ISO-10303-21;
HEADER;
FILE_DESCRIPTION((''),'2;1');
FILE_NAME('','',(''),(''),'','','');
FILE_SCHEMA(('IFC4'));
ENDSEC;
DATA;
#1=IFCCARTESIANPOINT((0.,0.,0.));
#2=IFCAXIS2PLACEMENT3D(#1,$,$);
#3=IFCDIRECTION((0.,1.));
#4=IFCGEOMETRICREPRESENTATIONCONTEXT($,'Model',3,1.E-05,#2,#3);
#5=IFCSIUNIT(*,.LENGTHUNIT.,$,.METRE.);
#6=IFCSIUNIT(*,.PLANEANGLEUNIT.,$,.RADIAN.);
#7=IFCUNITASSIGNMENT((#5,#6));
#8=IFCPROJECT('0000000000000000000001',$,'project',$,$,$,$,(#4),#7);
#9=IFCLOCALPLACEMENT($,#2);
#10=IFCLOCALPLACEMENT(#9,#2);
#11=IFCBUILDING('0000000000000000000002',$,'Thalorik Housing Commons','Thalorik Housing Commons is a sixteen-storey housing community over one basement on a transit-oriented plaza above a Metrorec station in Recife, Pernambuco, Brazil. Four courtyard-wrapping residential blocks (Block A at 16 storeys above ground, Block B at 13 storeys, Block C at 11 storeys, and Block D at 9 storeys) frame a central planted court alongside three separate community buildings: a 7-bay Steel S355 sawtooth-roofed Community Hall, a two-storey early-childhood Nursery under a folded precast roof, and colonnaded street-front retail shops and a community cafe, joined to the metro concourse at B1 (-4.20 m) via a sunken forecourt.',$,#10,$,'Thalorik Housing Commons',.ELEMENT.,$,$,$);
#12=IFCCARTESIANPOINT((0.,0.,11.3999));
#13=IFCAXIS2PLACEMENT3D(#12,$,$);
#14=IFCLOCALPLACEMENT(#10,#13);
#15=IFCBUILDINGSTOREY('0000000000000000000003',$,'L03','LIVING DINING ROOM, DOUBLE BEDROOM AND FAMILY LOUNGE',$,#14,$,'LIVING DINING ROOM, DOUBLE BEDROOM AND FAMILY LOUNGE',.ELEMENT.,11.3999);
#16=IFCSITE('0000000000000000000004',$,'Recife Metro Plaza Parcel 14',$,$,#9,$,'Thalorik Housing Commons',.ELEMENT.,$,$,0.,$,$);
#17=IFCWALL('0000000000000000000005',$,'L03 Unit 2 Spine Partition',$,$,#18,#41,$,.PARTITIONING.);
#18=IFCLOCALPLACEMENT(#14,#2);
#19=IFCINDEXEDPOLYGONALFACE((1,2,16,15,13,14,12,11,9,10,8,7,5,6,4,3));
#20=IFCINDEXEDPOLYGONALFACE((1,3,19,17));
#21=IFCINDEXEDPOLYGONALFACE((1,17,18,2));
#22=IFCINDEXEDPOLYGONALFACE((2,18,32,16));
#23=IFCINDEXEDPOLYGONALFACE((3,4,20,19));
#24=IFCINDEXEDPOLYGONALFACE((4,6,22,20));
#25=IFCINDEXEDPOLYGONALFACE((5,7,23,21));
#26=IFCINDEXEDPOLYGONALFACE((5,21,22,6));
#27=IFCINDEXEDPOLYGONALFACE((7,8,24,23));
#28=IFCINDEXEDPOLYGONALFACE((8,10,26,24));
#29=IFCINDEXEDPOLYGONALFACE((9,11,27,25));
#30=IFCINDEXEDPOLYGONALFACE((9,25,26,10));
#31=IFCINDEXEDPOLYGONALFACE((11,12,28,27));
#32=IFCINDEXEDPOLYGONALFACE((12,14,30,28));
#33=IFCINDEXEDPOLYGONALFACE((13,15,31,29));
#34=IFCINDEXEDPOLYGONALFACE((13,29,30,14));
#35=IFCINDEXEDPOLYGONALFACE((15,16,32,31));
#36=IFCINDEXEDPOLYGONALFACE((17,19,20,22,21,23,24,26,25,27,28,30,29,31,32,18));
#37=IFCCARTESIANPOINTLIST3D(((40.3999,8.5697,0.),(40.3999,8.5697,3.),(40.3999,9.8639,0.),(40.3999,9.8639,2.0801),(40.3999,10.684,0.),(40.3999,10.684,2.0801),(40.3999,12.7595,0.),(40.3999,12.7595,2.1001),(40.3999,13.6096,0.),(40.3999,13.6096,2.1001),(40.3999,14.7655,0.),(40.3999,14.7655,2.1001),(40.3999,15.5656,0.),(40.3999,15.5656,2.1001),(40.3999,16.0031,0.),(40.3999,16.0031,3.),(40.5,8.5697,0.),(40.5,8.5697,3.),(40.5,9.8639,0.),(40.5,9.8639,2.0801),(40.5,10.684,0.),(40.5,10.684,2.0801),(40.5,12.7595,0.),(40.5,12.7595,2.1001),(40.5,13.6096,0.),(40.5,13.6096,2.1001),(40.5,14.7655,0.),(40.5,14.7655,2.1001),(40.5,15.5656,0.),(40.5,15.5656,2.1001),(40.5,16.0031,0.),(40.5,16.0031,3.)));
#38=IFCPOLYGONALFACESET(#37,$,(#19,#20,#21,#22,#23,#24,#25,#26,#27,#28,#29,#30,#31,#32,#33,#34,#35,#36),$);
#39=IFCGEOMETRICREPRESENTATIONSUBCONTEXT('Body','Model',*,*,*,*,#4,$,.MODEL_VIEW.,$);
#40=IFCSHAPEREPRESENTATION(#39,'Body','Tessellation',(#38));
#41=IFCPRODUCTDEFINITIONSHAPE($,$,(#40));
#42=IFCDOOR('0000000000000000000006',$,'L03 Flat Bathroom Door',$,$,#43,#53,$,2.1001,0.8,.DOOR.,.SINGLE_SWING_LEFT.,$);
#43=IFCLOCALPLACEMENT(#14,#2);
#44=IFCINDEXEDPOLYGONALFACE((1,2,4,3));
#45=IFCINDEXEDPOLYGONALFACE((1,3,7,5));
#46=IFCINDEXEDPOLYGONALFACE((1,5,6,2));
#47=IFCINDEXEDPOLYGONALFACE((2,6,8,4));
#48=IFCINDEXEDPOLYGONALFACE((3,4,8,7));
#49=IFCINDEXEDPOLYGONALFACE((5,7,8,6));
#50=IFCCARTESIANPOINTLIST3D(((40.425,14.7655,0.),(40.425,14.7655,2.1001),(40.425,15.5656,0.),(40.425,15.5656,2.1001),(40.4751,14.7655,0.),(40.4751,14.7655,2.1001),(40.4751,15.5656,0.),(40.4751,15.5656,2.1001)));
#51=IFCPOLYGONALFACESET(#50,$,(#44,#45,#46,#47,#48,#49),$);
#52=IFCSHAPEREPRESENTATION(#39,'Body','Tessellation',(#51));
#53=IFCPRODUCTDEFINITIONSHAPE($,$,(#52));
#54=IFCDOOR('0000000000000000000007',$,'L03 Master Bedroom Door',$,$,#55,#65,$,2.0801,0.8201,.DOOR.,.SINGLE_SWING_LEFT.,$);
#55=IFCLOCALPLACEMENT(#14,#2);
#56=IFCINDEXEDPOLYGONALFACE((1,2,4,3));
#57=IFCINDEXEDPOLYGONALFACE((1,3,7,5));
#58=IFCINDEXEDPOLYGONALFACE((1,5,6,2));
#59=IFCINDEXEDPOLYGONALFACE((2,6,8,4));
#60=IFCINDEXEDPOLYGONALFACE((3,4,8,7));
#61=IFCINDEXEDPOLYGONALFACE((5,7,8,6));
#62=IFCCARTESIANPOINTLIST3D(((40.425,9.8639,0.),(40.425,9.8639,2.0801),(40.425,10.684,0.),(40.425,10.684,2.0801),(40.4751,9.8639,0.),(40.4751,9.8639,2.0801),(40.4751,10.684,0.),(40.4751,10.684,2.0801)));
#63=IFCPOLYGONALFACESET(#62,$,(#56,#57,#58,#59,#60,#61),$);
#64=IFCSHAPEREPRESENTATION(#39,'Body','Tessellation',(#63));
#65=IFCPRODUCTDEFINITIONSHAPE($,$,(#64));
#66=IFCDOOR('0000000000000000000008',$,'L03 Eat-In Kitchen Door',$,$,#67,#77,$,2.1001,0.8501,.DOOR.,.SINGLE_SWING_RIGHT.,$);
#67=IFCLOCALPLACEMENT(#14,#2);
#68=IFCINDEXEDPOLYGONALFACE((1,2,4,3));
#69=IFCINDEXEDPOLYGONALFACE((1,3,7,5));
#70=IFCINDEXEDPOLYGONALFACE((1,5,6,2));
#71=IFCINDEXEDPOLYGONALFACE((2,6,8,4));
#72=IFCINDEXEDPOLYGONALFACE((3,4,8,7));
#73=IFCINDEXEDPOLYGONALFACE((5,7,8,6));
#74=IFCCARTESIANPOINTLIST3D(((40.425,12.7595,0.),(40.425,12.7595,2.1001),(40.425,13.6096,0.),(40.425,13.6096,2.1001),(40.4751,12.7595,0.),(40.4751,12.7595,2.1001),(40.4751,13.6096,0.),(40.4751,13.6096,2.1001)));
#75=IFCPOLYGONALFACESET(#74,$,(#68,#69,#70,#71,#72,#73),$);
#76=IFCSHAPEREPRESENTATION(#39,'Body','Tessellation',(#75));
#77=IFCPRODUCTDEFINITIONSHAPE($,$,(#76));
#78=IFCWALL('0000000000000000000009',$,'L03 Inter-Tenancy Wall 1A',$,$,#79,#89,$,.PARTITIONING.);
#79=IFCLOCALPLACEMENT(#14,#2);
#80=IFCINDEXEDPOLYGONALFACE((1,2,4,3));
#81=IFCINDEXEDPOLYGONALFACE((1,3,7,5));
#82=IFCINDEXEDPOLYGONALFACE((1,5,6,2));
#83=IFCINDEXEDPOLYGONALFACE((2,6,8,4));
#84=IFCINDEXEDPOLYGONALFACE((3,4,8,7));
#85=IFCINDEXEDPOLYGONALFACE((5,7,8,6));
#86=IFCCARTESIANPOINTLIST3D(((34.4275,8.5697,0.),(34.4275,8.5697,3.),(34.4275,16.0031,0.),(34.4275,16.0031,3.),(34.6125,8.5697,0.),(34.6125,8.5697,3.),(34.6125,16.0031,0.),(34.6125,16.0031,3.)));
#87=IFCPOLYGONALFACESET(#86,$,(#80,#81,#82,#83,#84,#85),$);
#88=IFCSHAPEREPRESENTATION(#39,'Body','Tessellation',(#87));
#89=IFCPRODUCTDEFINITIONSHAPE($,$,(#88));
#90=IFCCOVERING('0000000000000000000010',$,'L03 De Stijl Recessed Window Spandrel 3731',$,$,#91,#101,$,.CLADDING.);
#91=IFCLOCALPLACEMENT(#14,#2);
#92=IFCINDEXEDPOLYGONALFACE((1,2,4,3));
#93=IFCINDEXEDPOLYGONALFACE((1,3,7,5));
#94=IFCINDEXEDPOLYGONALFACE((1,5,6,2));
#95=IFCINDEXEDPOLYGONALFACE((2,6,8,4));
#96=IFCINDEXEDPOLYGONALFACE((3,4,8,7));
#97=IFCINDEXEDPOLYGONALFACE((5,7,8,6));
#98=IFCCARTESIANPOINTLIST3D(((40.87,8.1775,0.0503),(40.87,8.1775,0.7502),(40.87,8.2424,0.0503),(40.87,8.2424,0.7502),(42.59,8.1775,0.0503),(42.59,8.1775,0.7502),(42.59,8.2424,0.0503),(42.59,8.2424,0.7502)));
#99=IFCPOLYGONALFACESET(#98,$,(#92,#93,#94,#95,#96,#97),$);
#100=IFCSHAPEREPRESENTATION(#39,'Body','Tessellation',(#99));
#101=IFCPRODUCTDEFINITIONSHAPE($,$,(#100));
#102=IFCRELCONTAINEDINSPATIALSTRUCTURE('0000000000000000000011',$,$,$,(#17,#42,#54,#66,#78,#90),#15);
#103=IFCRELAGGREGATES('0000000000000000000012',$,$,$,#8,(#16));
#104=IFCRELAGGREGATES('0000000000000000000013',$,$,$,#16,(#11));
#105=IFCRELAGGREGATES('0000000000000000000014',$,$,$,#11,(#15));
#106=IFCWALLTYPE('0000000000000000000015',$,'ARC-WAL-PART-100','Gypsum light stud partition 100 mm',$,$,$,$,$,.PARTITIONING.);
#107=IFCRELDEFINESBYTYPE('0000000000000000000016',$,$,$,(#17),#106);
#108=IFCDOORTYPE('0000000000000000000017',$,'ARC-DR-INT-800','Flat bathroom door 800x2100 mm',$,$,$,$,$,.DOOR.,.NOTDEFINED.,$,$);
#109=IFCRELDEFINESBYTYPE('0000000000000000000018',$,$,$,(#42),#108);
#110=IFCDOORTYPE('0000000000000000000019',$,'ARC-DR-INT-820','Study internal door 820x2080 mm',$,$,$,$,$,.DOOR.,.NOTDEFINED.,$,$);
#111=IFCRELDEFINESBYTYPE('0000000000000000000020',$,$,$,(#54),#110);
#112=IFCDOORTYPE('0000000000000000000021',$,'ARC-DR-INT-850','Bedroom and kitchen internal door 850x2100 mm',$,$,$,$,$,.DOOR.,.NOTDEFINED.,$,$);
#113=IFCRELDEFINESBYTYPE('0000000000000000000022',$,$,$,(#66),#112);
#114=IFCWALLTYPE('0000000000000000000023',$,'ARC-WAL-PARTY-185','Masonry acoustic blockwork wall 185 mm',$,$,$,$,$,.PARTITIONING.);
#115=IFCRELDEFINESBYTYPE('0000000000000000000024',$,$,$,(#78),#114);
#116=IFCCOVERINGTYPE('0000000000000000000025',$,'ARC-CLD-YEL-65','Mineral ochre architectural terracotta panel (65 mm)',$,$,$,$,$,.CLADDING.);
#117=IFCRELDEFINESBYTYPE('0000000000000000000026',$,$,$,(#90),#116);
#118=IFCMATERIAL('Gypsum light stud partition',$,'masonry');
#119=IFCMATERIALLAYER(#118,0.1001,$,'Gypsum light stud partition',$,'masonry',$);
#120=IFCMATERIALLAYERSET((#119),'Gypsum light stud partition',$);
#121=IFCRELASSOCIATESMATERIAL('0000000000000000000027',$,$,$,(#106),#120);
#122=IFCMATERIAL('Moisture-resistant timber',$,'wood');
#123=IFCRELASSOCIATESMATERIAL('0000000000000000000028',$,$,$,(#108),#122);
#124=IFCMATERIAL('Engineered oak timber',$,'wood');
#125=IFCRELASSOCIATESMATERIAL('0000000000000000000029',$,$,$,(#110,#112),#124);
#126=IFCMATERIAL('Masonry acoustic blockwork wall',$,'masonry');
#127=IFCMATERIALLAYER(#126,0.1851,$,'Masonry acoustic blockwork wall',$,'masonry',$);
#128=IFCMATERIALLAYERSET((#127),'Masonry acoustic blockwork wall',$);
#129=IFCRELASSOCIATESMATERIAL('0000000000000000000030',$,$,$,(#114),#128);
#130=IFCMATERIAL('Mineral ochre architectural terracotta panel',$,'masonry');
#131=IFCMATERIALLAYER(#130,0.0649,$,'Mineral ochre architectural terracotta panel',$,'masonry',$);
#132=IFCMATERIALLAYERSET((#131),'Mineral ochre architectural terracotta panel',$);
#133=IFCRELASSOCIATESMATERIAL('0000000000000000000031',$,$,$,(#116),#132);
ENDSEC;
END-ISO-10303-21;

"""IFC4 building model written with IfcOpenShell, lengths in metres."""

from ifc_helpers import new_model, si_unit, direction, frame, frame_2d, origin, origin_2d, place, context, subcontext, project, spatial, rectangle, extrude, material, layer, layer_set, type_object, element, fill, save


model = new_model("IFC4")

# Units and contexts
model_context = context("Model", 3, precision=1e-05, world=origin(), true_north=direction((0.0, 1.0)))
body_context = subcontext(model_context, "Body", "Model", "MODEL_VIEW")
ifc_project = project(units=[si_unit("LENGTHUNIT", "METRE"), si_unit("PLANEANGLEUNIT", "RADIAN")], contexts=[model_context])

# Site, building, storey
site_placement = place(None, origin())
site = spatial("IfcSite", under=ifc_project, at=site_placement, Name="Recife Metro Plaza Parcel 14", LongName="Thalorik Housing Commons", CompositionType="ELEMENT", RefElevation=0.0)
building_placement = place(site_placement, origin())
building = spatial("IfcBuilding", under=site, at=building_placement, Name="Thalorik Housing Commons", Description="Thalorik Housing Commons is a sixteen-storey housing community over one basement on a transit-oriented plaza above a Metrorec station in Recife, Pernambuco, Brazil. Four courtyard-wrapping residential blocks (Block A at 16 storeys above ground, Block B at 13 storeys, Block C at 11 storeys, and Block D at 9 storeys) frame a central planted court alongside three separate community buildings: a 7-bay Steel S355 sawtooth-roofed Community Hall, a two-storey early-childhood Nursery under a folded precast roof, and colonnaded street-front retail shops and a community cafe, joined to the metro concourse at B1 (-4.20 m) via a sunken forecourt.", LongName="Thalorik Housing Commons", CompositionType="ELEMENT")
storey_placement = place(building_placement, frame((0.0, 0.0, 11.3999)))
storey = spatial("IfcBuildingStorey", under=building, at=storey_placement, Name="L03", Description="LIVING DINING ROOM, DOUBLE BEDROOM AND FAMILY LOUNGE", LongName="LIVING DINING ROOM, DOUBLE BEDROOM AND FAMILY LOUNGE", CompositionType="ELEMENT", Elevation=11.3999)

# Wall, openings, doors
ifc_material_1 = material(Name="Gypsum light stud partition", Category="masonry")
ifc_layer_1 = layer(ifc_material_1, 0.1001, Name="Gypsum light stud partition", Category="masonry")
ifc_layer_set_1 = layer_set([ifc_layer_1], Name="Gypsum light stud partition")
wall_type_1 = type_object("IfcWallType", Name="ARC-WAL-PART-100", Description="Gypsum light stud partition 100 mm", PredefinedType="PARTITIONING", material=ifc_layer_set_1)
wall_1_placement = place(storey_placement, frame((40.45, 8.5696, 0.0), z_axis=(0.0, 0.0, 1.0), x_axis=(0.0, 1.0, 0.0)))
wall_1 = element("IfcWall", 1, at=wall_1_placement, inside=storey, type_object=wall_type_1, Name="L03 Unit 2 Spine Partition", PredefinedType="PARTITIONING", context=body_context, shape_type="SweptSolid", body=[
    extrude(rectangle(XDim=7.4333, YDim=0.1001, at=frame_2d((3.7168, 0.0))), origin(), (0.0, 0.0, 1.0), 3.0),
])
opening_1_placement = place(wall_1_placement, frame((1.2942, 0.0, 0.0)))
opening_1 = element("IfcOpeningElement", 2, at=opening_1_placement, cuts=wall_1, PredefinedType="OPENING", context=body_context, shape_type="SweptSolid", body=[
    extrude(rectangle(XDim=0.8201, YDim=2.0801, at=frame_2d((0.4102, 1.04))), frame((0.0, 0.0601, 0.0), z_axis=(0.0, -1.0, 0.0), x_axis=(1.0, 0.0, 0.0)), (0.0, 0.0, 1.0), 0.1201),
])
opening_2_placement = place(wall_1_placement, frame((4.1899, 0.0, 0.0)))
opening_2 = element("IfcOpeningElement", 3, at=opening_2_placement, cuts=wall_1, PredefinedType="OPENING", context=body_context, shape_type="SweptSolid", body=[
    extrude(rectangle(XDim=0.8501, YDim=2.1001, at=frame_2d((0.425, 1.05))), frame((0.0, 0.0601, 0.0), z_axis=(0.0, -1.0, 0.0), x_axis=(1.0, 0.0, 0.0)), (0.0, 0.0, 1.0), 0.1201),
])
opening_3_placement = place(wall_1_placement, frame((6.196, 0.0, 0.0)))
opening_3 = element("IfcOpeningElement", 4, at=opening_3_placement, cuts=wall_1, PredefinedType="OPENING", context=body_context, shape_type="SweptSolid", body=[
    extrude(rectangle(XDim=0.8, YDim=2.1001, at=frame_2d((0.3999, 1.05))), frame((0.0, 0.0601, 0.0), z_axis=(0.0, -1.0, 0.0), x_axis=(1.0, 0.0, 0.0)), (0.0, 0.0, 1.0), 0.1201),
])
ifc_material_2 = material(Name="Moisture-resistant timber", Category="wood")
door_type_1 = type_object("IfcDoorType", Name="ARC-DR-INT-800", Description="Flat bathroom door 800x2100 mm", OperationType="NOTDEFINED", PredefinedType="DOOR", material=ifc_material_2)
door_1_placement = place(opening_3_placement, origin())
door_1 = element("IfcDoor", 5, at=door_1_placement, inside=storey, type_object=door_type_1, Name="L03 Flat Bathroom Door", OperationType="SINGLE_SWING_LEFT", OverallHeight=2.1001, OverallWidth=0.8, PredefinedType="DOOR", context=body_context, shape_type="SweptSolid", body=[
    extrude(rectangle(XDim=0.8, YDim=2.1001, at=frame_2d((0.3999, 1.05))), frame((0.0, 0.0249, 0.0), z_axis=(0.0, -1.0, 0.0), x_axis=(1.0, 0.0, 0.0)), (0.0, 0.0, 1.0), 0.05),
])
fill(opening_3, door_1)
ifc_material_3 = material(Name="Engineered oak timber", Category="wood")
door_type_2 = type_object("IfcDoorType", Name="ARC-DR-INT-820", Description="Study internal door 820x2080 mm", OperationType="NOTDEFINED", PredefinedType="DOOR", material=ifc_material_3)
door_2_placement = place(opening_1_placement, origin())
door_2 = element("IfcDoor", 6, at=door_2_placement, inside=storey, type_object=door_type_2, Name="L03 Master Bedroom Door", OperationType="SINGLE_SWING_LEFT", OverallHeight=2.0801, OverallWidth=0.8201, PredefinedType="DOOR", context=body_context, shape_type="SweptSolid", body=[
    extrude(rectangle(XDim=0.8201, YDim=2.0801, at=frame_2d((0.4102, 1.04))), frame((0.0, 0.0249, 0.0), z_axis=(0.0, -1.0, 0.0), x_axis=(1.0, 0.0, 0.0)), (0.0, 0.0, 1.0), 0.05),
])
fill(opening_1, door_2)
door_type_3 = type_object("IfcDoorType", Name="ARC-DR-INT-850", Description="Bedroom and kitchen internal door 850x2100 mm", OperationType="NOTDEFINED", PredefinedType="DOOR", material=ifc_material_3)
door_3_placement = place(opening_2_placement, origin())
door_3 = element("IfcDoor", 7, at=door_3_placement, inside=storey, type_object=door_type_3, Name="L03 Eat-In Kitchen Door", OperationType="SINGLE_SWING_RIGHT", OverallHeight=2.1001, OverallWidth=0.8501, PredefinedType="DOOR", context=body_context, shape_type="SweptSolid", body=[
    extrude(rectangle(XDim=0.8501, YDim=2.1001, at=frame_2d((0.425, 1.05))), frame((0.0, 0.0249, 0.0), z_axis=(0.0, -1.0, 0.0), x_axis=(1.0, 0.0, 0.0)), (0.0, 0.0, 1.0), 0.05),
])
fill(opening_2, door_3)

# Wall
ifc_material_4 = material(Name="Masonry acoustic blockwork wall", Category="masonry")
ifc_layer_2 = layer(ifc_material_4, 0.1851, Name="Masonry acoustic blockwork wall", Category="masonry")
ifc_layer_set_2 = layer_set([ifc_layer_2], Name="Masonry acoustic blockwork wall")
wall_type_2 = type_object("IfcWallType", Name="ARC-WAL-PARTY-185", Description="Masonry acoustic blockwork wall 185 mm", PredefinedType="PARTITIONING", material=ifc_layer_set_2)
wall_2_placement = place(storey_placement, frame((34.52, 8.5696, 0.0), z_axis=(0.0, 0.0, 1.0), x_axis=(0.0, 1.0, 0.0)))
element("IfcWall", 8, at=wall_2_placement, inside=storey, type_object=wall_type_2, Name="L03 Inter-Tenancy Wall 1A", PredefinedType="PARTITIONING", context=body_context, shape_type="SweptSolid", body=[
    extrude(rectangle(XDim=7.4333, YDim=0.1851, at=frame_2d((3.7168, 0.0))), origin(), (0.0, 0.0, 1.0), 3.0),
])

# Covering
ifc_material_5 = material(Name="Mineral ochre architectural terracotta panel", Category="masonry")
ifc_layer_3 = layer(ifc_material_5, 0.0649, Name="Mineral ochre architectural terracotta panel", Category="masonry")
ifc_layer_set_3 = layer_set([ifc_layer_3], Name="Mineral ochre architectural terracotta panel")
covering_type_1 = type_object("IfcCoveringType", Name="ARC-CLD-YEL-65", Description="Mineral ochre architectural terracotta panel (65 mm)", PredefinedType="CLADDING", material=ifc_layer_set_3)
covering_1_placement = place(storey_placement, frame((41.73, 8.21, 0.0503), z_axis=(0.0, 0.0, 1.0), x_axis=(1.0, 0.0, 0.0)))
element("IfcCovering", 9, at=covering_1_placement, inside=storey, type_object=covering_type_1, Name="L03 De Stijl Recessed Window Spandrel 3731", PredefinedType="CLADDING", context=body_context, shape_type="SweptSolid", body=[
    extrude(rectangle(XDim=1.72, YDim=0.0649, at=origin_2d()), origin(), (0.0, 0.0, 1.0), 0.7),
])

save(model, "model.ifc")
